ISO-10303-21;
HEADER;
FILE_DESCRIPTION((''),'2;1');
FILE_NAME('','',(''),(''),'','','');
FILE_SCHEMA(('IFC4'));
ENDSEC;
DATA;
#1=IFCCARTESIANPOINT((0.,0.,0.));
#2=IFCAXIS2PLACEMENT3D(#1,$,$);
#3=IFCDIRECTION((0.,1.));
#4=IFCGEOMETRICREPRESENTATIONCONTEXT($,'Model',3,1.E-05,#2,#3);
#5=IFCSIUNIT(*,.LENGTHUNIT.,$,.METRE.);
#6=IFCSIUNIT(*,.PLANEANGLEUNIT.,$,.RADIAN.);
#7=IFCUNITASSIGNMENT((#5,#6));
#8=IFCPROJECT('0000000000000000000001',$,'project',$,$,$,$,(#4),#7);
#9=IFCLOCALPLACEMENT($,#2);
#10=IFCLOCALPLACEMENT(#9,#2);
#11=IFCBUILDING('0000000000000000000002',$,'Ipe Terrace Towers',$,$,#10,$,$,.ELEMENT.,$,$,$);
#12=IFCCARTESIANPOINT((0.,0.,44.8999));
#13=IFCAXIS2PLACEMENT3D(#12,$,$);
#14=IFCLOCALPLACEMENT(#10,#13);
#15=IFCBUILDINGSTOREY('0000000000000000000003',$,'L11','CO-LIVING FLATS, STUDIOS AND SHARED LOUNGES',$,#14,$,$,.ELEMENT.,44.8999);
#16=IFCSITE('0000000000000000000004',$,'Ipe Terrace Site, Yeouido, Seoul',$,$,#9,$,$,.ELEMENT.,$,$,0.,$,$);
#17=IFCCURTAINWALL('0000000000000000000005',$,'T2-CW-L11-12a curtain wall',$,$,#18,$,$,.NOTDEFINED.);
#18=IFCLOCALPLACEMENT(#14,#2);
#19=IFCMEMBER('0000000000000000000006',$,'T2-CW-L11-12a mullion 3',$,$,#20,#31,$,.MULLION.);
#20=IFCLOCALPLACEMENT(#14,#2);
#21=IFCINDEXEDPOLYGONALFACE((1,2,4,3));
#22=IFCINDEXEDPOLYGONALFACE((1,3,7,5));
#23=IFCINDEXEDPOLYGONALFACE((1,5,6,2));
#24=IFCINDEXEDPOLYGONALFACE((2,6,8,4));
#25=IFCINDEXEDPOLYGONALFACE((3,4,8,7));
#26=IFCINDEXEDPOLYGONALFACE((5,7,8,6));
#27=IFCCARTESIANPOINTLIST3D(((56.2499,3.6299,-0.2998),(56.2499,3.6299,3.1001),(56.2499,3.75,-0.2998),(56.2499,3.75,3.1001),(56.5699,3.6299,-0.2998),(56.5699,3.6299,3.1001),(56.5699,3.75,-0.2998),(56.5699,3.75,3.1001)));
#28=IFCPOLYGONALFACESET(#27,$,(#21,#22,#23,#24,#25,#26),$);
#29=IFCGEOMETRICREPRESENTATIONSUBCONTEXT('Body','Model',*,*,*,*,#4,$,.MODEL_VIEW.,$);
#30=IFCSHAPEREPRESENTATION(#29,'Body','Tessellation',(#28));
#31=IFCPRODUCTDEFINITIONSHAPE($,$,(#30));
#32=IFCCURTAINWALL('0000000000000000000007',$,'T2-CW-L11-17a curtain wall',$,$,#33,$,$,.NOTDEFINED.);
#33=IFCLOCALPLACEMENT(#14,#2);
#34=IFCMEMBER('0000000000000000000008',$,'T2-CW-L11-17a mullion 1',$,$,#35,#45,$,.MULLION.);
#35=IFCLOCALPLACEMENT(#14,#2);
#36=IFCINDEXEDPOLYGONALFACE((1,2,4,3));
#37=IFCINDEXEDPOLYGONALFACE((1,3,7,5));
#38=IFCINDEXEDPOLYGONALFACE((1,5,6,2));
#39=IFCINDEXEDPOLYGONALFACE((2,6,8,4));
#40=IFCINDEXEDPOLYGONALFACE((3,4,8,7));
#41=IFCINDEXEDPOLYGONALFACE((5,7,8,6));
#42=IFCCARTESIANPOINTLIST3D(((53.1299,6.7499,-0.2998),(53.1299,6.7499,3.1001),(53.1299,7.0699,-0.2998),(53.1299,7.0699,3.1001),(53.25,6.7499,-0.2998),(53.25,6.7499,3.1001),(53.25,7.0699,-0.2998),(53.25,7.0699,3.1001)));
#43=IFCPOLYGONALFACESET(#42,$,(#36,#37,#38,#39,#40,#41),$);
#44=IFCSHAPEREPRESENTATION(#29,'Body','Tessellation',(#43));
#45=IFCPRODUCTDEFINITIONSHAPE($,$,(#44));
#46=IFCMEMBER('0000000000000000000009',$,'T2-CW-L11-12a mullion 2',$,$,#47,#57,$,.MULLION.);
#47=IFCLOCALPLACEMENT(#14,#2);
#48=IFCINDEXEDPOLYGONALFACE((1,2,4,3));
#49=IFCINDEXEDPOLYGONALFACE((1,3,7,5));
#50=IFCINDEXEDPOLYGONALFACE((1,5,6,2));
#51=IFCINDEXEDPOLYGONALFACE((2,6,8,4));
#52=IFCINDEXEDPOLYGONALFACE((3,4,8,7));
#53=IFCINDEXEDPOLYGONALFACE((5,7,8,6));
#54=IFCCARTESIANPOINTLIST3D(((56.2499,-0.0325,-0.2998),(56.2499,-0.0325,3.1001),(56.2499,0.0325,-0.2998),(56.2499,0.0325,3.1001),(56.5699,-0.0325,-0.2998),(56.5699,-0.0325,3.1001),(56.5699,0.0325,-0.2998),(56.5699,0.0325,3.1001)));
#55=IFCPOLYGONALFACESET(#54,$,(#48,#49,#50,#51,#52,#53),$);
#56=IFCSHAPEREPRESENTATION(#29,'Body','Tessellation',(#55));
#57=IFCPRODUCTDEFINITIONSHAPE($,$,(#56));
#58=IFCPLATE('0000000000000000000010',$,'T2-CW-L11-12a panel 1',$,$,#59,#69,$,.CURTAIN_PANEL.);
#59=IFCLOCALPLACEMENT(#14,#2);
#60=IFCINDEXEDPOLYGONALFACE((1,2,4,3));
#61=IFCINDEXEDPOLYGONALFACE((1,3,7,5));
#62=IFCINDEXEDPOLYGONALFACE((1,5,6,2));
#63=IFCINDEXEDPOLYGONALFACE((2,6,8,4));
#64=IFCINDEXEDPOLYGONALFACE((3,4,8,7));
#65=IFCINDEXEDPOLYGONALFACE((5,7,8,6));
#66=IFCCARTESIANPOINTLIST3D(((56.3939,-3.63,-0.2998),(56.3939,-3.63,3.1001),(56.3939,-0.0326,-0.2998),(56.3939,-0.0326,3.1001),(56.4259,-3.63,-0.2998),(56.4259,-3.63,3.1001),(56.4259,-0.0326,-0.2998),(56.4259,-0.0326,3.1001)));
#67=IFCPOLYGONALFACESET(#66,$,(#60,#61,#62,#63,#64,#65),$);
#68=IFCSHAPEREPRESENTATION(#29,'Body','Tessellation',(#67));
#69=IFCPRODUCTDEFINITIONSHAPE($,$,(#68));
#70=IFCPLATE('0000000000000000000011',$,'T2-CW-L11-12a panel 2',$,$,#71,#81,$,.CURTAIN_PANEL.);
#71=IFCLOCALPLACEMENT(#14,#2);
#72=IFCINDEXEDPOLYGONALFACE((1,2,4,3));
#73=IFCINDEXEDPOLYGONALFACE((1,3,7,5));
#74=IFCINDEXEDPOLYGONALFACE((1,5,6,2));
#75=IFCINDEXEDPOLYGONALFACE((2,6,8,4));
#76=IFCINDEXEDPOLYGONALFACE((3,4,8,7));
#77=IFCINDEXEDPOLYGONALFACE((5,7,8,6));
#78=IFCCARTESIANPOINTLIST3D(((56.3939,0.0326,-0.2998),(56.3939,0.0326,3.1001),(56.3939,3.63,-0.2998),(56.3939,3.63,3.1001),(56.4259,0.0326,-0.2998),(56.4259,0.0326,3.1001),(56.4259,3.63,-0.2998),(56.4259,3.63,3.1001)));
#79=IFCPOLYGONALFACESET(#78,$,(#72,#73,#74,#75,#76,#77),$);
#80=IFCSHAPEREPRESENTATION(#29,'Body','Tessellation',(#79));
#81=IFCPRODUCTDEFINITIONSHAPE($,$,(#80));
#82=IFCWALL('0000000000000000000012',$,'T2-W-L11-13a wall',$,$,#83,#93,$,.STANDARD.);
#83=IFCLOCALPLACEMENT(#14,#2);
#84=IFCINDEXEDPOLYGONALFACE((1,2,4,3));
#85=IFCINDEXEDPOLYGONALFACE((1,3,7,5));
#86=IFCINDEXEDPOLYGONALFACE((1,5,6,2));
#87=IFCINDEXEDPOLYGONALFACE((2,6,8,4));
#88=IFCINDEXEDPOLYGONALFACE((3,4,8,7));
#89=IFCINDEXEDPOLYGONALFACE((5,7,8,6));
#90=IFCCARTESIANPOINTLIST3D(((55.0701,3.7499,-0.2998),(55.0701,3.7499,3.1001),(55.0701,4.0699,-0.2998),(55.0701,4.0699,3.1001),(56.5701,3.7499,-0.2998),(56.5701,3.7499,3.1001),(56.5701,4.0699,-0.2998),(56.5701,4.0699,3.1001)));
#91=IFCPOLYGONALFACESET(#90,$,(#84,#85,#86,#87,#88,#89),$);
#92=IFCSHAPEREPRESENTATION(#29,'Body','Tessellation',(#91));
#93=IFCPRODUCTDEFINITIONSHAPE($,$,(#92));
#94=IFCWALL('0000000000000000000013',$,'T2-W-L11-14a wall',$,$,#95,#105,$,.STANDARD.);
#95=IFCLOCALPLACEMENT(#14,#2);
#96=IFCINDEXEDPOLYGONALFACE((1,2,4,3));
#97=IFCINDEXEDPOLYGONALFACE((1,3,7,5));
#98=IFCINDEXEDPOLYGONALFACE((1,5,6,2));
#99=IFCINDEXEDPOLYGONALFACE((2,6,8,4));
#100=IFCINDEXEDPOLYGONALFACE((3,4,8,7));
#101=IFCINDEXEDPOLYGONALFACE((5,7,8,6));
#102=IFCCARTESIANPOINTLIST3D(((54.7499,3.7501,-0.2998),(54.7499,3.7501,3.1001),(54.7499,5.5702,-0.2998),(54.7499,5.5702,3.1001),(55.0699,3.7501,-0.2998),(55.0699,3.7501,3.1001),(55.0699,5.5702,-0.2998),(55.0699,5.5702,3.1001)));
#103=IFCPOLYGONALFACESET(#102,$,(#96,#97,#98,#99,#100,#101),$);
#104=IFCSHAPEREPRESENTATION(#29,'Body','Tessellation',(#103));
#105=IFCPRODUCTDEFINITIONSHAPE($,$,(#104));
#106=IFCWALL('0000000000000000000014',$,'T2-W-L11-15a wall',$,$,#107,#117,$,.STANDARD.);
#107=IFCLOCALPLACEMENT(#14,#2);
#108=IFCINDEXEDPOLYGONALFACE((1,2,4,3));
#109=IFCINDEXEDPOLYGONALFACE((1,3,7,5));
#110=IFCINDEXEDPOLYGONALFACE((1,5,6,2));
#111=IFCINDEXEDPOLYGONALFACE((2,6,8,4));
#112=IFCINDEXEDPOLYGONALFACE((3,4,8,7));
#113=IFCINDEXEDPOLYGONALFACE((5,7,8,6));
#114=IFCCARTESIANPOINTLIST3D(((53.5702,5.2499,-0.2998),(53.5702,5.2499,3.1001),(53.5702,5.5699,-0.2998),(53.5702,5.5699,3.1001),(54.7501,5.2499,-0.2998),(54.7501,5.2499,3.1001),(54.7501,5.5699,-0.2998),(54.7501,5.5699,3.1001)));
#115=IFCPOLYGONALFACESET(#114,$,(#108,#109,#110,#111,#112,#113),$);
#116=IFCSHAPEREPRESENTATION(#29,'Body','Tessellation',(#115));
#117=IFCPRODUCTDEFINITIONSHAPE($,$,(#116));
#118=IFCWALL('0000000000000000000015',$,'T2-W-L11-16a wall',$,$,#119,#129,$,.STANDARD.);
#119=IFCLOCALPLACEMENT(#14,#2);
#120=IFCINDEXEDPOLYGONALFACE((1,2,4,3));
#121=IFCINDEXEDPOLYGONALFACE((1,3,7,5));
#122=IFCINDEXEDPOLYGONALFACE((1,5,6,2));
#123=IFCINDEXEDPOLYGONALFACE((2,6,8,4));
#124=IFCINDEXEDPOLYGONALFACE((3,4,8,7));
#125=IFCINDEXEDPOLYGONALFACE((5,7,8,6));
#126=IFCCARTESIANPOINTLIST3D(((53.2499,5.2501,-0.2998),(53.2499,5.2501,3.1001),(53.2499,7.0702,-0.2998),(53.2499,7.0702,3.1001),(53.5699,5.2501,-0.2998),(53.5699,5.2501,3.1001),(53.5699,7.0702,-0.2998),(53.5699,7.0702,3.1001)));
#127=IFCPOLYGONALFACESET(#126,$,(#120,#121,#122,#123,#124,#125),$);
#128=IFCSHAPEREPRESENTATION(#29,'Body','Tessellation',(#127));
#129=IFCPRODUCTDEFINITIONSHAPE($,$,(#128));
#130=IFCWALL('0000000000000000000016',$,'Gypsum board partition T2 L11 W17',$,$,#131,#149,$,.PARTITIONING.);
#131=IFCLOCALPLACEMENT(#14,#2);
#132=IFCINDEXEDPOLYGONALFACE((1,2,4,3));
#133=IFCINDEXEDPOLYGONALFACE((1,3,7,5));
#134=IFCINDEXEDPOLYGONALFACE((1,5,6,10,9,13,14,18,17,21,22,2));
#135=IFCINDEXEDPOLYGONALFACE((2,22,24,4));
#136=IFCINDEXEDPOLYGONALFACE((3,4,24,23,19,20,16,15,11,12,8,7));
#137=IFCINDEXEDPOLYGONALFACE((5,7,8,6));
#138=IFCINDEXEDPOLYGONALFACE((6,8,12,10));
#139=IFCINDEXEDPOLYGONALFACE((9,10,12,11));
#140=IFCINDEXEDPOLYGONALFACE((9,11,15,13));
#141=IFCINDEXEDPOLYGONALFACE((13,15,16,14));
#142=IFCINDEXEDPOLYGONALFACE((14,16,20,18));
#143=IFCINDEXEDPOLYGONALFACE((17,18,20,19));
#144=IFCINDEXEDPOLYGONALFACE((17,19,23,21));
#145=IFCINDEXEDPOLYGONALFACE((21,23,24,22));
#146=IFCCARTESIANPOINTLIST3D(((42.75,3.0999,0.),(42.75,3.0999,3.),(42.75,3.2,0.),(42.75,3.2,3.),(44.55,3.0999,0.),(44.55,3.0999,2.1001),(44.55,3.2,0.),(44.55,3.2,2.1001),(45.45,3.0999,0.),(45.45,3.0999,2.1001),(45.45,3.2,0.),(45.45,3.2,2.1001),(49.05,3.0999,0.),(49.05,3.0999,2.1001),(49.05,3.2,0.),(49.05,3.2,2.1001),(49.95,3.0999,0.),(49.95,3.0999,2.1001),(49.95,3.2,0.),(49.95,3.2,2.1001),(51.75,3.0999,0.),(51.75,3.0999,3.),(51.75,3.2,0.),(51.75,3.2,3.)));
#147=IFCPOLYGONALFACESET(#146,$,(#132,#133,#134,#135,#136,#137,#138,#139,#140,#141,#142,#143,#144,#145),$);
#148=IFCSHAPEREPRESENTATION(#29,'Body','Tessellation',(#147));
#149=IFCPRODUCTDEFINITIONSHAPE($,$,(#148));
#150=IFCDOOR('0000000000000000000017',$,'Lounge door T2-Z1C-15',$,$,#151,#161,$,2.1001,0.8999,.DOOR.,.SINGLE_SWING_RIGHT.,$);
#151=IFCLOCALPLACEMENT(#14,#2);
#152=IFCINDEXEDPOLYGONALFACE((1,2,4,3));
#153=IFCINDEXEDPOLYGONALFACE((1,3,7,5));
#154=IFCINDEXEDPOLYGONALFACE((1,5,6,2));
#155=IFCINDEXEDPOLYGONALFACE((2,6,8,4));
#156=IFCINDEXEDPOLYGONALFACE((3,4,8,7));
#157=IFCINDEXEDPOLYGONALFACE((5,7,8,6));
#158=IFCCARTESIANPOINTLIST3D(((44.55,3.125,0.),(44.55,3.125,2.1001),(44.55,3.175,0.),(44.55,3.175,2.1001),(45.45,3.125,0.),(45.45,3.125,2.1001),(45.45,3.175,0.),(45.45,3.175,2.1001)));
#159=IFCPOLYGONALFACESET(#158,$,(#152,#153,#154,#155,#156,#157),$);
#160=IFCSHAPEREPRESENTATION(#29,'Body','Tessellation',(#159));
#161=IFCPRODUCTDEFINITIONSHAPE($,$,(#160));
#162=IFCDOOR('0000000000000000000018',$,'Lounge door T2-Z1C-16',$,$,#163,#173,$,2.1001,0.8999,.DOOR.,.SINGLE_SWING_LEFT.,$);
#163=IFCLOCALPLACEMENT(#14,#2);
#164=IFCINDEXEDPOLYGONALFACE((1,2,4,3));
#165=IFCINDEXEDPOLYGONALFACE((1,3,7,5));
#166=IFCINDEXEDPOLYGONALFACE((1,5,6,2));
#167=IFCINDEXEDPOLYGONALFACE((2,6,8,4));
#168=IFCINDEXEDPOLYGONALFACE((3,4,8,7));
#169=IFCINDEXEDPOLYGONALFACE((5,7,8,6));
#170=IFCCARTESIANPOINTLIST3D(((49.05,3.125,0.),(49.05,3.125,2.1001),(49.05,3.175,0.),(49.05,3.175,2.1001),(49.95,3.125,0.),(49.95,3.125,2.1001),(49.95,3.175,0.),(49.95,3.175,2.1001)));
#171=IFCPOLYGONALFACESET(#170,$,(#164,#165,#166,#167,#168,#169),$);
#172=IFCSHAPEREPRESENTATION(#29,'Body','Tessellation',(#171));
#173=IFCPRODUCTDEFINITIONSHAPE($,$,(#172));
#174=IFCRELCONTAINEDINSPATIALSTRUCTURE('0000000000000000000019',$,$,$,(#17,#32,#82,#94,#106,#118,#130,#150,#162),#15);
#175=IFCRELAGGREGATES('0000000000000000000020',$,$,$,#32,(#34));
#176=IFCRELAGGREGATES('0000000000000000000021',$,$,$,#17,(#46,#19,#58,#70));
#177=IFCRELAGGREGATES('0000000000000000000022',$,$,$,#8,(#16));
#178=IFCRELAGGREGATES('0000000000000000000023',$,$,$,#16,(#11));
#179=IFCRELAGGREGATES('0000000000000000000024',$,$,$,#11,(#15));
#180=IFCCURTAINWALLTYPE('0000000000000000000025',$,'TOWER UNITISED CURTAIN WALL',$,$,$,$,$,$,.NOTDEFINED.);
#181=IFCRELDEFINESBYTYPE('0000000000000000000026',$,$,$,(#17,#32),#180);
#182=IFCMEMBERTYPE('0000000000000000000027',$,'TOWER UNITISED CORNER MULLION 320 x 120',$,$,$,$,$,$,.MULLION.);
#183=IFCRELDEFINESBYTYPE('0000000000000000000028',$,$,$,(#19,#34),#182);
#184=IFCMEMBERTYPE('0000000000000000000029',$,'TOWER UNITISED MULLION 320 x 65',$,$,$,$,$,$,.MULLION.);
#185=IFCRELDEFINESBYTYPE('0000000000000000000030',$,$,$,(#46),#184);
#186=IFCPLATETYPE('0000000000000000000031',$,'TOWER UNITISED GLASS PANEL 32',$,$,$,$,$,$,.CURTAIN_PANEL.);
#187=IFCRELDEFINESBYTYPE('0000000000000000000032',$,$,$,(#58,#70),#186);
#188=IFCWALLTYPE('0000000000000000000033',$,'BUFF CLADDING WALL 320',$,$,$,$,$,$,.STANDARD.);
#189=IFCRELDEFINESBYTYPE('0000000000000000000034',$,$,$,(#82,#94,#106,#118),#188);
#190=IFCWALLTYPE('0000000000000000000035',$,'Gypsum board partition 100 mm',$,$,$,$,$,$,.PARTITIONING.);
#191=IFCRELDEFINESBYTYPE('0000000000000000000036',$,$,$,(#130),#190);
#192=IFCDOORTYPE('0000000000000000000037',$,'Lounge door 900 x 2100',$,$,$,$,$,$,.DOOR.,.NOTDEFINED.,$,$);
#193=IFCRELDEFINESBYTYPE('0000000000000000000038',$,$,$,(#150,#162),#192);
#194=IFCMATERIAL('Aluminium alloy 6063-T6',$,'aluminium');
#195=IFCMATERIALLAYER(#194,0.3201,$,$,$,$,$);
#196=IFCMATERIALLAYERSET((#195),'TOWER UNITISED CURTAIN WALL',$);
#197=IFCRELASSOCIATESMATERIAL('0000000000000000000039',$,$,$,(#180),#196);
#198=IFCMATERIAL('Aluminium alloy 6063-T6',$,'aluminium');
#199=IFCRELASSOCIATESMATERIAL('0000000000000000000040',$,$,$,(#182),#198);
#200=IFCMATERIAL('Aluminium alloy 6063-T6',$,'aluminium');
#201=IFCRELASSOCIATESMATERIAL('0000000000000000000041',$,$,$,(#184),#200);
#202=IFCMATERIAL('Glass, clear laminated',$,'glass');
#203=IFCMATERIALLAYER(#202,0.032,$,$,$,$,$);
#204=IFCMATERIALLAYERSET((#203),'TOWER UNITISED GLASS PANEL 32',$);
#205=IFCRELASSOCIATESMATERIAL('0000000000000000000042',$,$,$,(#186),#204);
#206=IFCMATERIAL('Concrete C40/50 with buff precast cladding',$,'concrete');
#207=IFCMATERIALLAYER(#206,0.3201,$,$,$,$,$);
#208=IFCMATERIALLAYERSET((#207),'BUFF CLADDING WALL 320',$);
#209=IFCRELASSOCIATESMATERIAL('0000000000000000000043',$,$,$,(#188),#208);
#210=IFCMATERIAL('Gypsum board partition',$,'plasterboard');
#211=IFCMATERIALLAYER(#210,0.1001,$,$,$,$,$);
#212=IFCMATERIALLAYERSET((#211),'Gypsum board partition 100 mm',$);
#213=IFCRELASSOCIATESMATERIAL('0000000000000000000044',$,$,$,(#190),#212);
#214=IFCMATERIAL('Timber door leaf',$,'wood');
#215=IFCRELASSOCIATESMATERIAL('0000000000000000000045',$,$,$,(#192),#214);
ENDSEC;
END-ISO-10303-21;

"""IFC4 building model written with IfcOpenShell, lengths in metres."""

from ifc_helpers import new_model, si_unit, direction, frame, frame_2d, origin, origin_2d, place, context, subcontext, project, spatial, rectangle, extrude, material, layer, layer_set, material_profile, profile_set, type_object, element, fill, aggregate, save


model = new_model("IFC4")

# Units and contexts
model_context = context("Model", 3, precision=1e-05, world=origin(), true_north=direction((0.0, 1.0)))
body_context = subcontext(model_context, "Body", "Model", "MODEL_VIEW")
ifc_project = project(units=[si_unit("LENGTHUNIT", "METRE"), si_unit("PLANEANGLEUNIT", "RADIAN")], contexts=[model_context])

# Site, building, storey
site_placement = place(None, origin())
site = spatial("IfcSite", under=ifc_project, at=site_placement, Name="Ipe Terrace Site, Yeouido, Seoul", CompositionType="ELEMENT", RefElevation=0.0)
building_placement = place(site_placement, origin())
building = spatial("IfcBuilding", under=site, at=building_placement, Name="Ipe Terrace Towers", CompositionType="ELEMENT")
storey_placement = place(building_placement, frame((0.0, 0.0, 44.8999)))
storey = spatial("IfcBuildingStorey", under=building, at=storey_placement, Name="L11", Description="CO-LIVING FLATS, STUDIOS AND SHARED LOUNGES", CompositionType="ELEMENT", Elevation=44.8999)

# Curtain walls, members
ifc_material_1 = material(Name="Aluminium alloy 6063-T6", Category="aluminium")
ifc_layer_1 = layer(ifc_material_1, 0.3201)
ifc_layer_set_1 = layer_set([ifc_layer_1], Name="TOWER UNITISED CURTAIN WALL")
curtain_wall_type = type_object("IfcCurtainWallType", Name="TOWER UNITISED CURTAIN WALL", PredefinedType="NOTDEFINED", material=ifc_layer_set_1)
curtain_wall_1_placement = place(storey_placement, origin())
curtain_wall_1 = element("IfcCurtainWall", 1, at=curtain_wall_1_placement, inside=storey, type_object=curtain_wall_type, Name="T2-CW-L11-12a curtain wall", PredefinedType="NOTDEFINED")
ifc_material_2 = material(Name="Aluminium alloy 6063-T6", Category="aluminium")
ifc_material_profile_1 = material_profile(ifc_material_2, rectangle(XDim=0.3201, YDim=0.1201, at=origin_2d()), Name="TOWER UNITISED CORNER MULLION 320 x 120")
ifc_profile_set_1 = profile_set([ifc_material_profile_1], Name="Aluminium alloy 6063-T6")
member_type_1 = type_object("IfcMemberType", Name="TOWER UNITISED CORNER MULLION 320 x 120", PredefinedType="MULLION", material=ifc_profile_set_1)
member_1_placement = place(storey_placement, frame((56.4099, 3.6899, -0.2998), z_axis=(0.0, 0.0, 1.0), x_axis=(1.0, 0.0, 0.0)))
member_1 = element("IfcMember", 2, at=member_1_placement, type_object=member_type_1, Name="T2-CW-L11-12a mullion 3", PredefinedType="MULLION", context=body_context, shape_type="SweptSolid", body=[
    extrude(rectangle(XDim=0.3201, YDim=0.1201, at=origin_2d()), origin(), (0.0, 0.0, 1.0), 3.3999),
])
curtain_wall_2_placement = place(storey_placement, origin())
curtain_wall_2 = element("IfcCurtainWall", 3, at=curtain_wall_2_placement, inside=storey, type_object=curtain_wall_type, Name="T2-CW-L11-17a curtain wall", PredefinedType="NOTDEFINED")
member_2_placement = place(storey_placement, frame((53.1899, 6.9099, -0.2998), z_axis=(0.0, 0.0, 1.0), x_axis=(0.0, 1.0, 0.0)))
member_2 = element("IfcMember", 4, at=member_2_placement, type_object=member_type_1, Name="T2-CW-L11-17a mullion 1", PredefinedType="MULLION", context=body_context, shape_type="SweptSolid", body=[
    extrude(rectangle(XDim=0.3201, YDim=0.1201, at=origin_2d()), origin(), (0.0, 0.0, 1.0), 3.3999),
])
aggregate(curtain_wall_2, [member_2])

# Member
ifc_material_3 = material(Name="Aluminium alloy 6063-T6", Category="aluminium")
ifc_material_profile_2 = material_profile(ifc_material_3, rectangle(XDim=0.3201, YDim=0.0649, at=origin_2d()), Name="TOWER UNITISED MULLION 320 x 65")
ifc_profile_set_2 = profile_set([ifc_material_profile_2], Name="Aluminium alloy 6063-T6")
member_type_2 = type_object("IfcMemberType", Name="TOWER UNITISED MULLION 320 x 65", PredefinedType="MULLION", material=ifc_profile_set_2)
member_3_placement = place(storey_placement, frame((56.4099, 0.0, -0.2998), z_axis=(0.0, 0.0, 1.0), x_axis=(1.0, 0.0, 0.0)))
member_3 = element("IfcMember", 5, at=member_3_placement, type_object=member_type_2, Name="T2-CW-L11-12a mullion 2", PredefinedType="MULLION", context=body_context, shape_type="SweptSolid", body=[
    extrude(rectangle(XDim=0.3201, YDim=0.0649, at=origin_2d()), origin(), (0.0, 0.0, 1.0), 3.3999),
])

# Plates
ifc_material_4 = material(Name="Glass, clear laminated", Category="glass")
ifc_layer_2 = layer(ifc_material_4, 0.032)
ifc_layer_set_2 = layer_set([ifc_layer_2], Name="TOWER UNITISED GLASS PANEL 32")
plate_type = type_object("IfcPlateType", Name="TOWER UNITISED GLASS PANEL 32", PredefinedType="CURTAIN_PANEL", material=ifc_layer_set_2)
plate_1_placement = place(storey_placement, frame((56.4099, -1.8313, -0.2998), z_axis=(0.0, 0.0, 1.0), x_axis=(0.0, 1.0, 0.0)))
plate_1 = element("IfcPlate", 6, at=plate_1_placement, type_object=plate_type, Name="T2-CW-L11-12a panel 1", PredefinedType="CURTAIN_PANEL", context=body_context, shape_type="SweptSolid", body=[
    extrude(rectangle(XDim=3.5974, YDim=0.032, at=origin_2d()), origin(), (0.0, 0.0, 1.0), 3.3999),
])
plate_2_placement = place(storey_placement, frame((56.4099, 1.8313, -0.2998), z_axis=(0.0, 0.0, 1.0), x_axis=(0.0, 1.0, 0.0)))
plate_2 = element("IfcPlate", 7, at=plate_2_placement, type_object=plate_type, Name="T2-CW-L11-12a panel 2", PredefinedType="CURTAIN_PANEL", context=body_context, shape_type="SweptSolid", body=[
    extrude(rectangle(XDim=3.5974, YDim=0.032, at=origin_2d()), origin(), (0.0, 0.0, 1.0), 3.3999),
])
aggregate(curtain_wall_1, [member_3, member_1, plate_1, plate_2])

# Walls
ifc_material_5 = material(Name="Concrete C40/50 with buff precast cladding", Category="concrete")
ifc_layer_3 = layer(ifc_material_5, 0.3201)
ifc_layer_set_3 = layer_set([ifc_layer_3], Name="BUFF CLADDING WALL 320")
wall_type_1 = type_object("IfcWallType", Name="BUFF CLADDING WALL 320", PredefinedType="STANDARD", material=ifc_layer_set_3)
wall_1_placement = place(storey_placement, frame((56.5701, 3.9099, -0.2998), z_axis=(0.0, 0.0, 1.0), x_axis=(-1.0, 0.0, 0.0)))
element("IfcWall", 8, at=wall_1_placement, inside=storey, type_object=wall_type_1, Name="T2-W-L11-13a wall", PredefinedType="STANDARD", context=body_context, shape_type="SweptSolid", body=[
    extrude(rectangle(XDim=1.5, YDim=0.3201, at=frame_2d((0.75, 0.0))), origin(), (0.0, 0.0, 1.0), 3.3999),
])
wall_2_placement = place(storey_placement, frame((54.9099, 3.75, -0.2998), z_axis=(0.0, 0.0, 1.0), x_axis=(0.0, 1.0, 0.0)))
element("IfcWall", 9, at=wall_2_placement, inside=storey, type_object=wall_type_1, Name="T2-W-L11-14a wall", PredefinedType="STANDARD", context=body_context, shape_type="SweptSolid", body=[
    extrude(rectangle(XDim=1.8201, YDim=0.3201, at=frame_2d((0.9102, 0.0))), origin(), (0.0, 0.0, 1.0), 3.3999),
])
wall_3_placement = place(storey_placement, frame((54.75, 5.4099, -0.2998), z_axis=(0.0, 0.0, 1.0), x_axis=(-1.0, 0.0, 0.0)))
element("IfcWall", 10, at=wall_3_placement, inside=storey, type_object=wall_type_1, Name="T2-W-L11-15a wall", PredefinedType="STANDARD", context=body_context, shape_type="SweptSolid", body=[
    extrude(rectangle(XDim=1.1799, YDim=0.3201, at=frame_2d((0.5898, 0.0))), origin(), (0.0, 0.0, 1.0), 3.3999),
])
wall_4_placement = place(storey_placement, frame((53.4099, 5.25, -0.2998), z_axis=(0.0, 0.0, 1.0), x_axis=(0.0, 1.0, 0.0)))
element("IfcWall", 11, at=wall_4_placement, inside=storey, type_object=wall_type_1, Name="T2-W-L11-16a wall", PredefinedType="STANDARD", context=body_context, shape_type="SweptSolid", body=[
    extrude(rectangle(XDim=1.8201, YDim=0.3201, at=frame_2d((0.9102, 0.0))), origin(), (0.0, 0.0, 1.0), 3.3999),
])

# Wall, openings, doors
ifc_material_6 = material(Name="Gypsum board partition", Category="plasterboard")
ifc_layer_4 = layer(ifc_material_6, 0.1001)
ifc_layer_set_4 = layer_set([ifc_layer_4], Name="Gypsum board partition 100 mm")
wall_type_2 = type_object("IfcWallType", Name="Gypsum board partition 100 mm", PredefinedType="PARTITIONING", material=ifc_layer_set_4)
wall_5_placement = place(storey_placement, frame((51.75, 3.1499, 0.0), z_axis=(0.0, 0.0, 1.0), x_axis=(-1.0, 0.0, 0.0)))
wall_5 = element("IfcWall", 12, at=wall_5_placement, inside=storey, type_object=wall_type_2, Name="Gypsum board partition T2 L11 W17", PredefinedType="PARTITIONING", context=body_context, shape_type="SweptSolid", body=[
    extrude(rectangle(XDim=9.0, YDim=0.1001, at=frame_2d((4.5, 0.0))), origin(), (0.0, 0.0, 1.0), 3.0),
])
opening_1_placement = place(wall_5_placement, frame((6.3, 0.0, 0.0)))
opening_1 = element("IfcOpeningElement", 13, at=opening_1_placement, cuts=wall_5, PredefinedType="OPENING", context=body_context, shape_type="SweptSolid", body=[
    extrude(rectangle(XDim=0.8999, YDim=2.1001, at=frame_2d((0.45, 1.05))), frame((0.0, 0.0601, 0.0), z_axis=(0.0, -1.0, 0.0), x_axis=(1.0, 0.0, 0.0)), (0.0, 0.0, 1.0), 0.1201),
])
opening_2_placement = place(wall_5_placement, frame((1.8, 0.0, 0.0)))
opening_2 = element("IfcOpeningElement", 14, at=opening_2_placement, cuts=wall_5, PredefinedType="OPENING", context=body_context, shape_type="SweptSolid", body=[
    extrude(rectangle(XDim=0.8999, YDim=2.1001, at=frame_2d((0.45, 1.05))), frame((0.0, 0.0601, 0.0), z_axis=(0.0, -1.0, 0.0), x_axis=(1.0, 0.0, 0.0)), (0.0, 0.0, 1.0), 0.1201),
])
ifc_material_7 = material(Name="Timber door leaf", Category="wood")
door_type_1 = type_object("IfcDoorType", Name="Lounge door 900 x 2100", OperationType="NOTDEFINED", PredefinedType="DOOR", material=ifc_material_7)
door_1_placement = place(opening_1_placement, origin())
door_1 = element("IfcDoor", 15, at=door_1_placement, inside=storey, type_object=door_type_1, Name="Lounge door T2-Z1C-15", OperationType="SINGLE_SWING_RIGHT", OverallHeight=2.1001, OverallWidth=0.8999, PredefinedType="DOOR", context=body_context, shape_type="SweptSolid", body=[
    extrude(rectangle(XDim=0.8999, YDim=2.1001, at=frame_2d((0.45, 1.05))), frame((0.0, 0.0249, 0.0), z_axis=(0.0, -1.0, 0.0), x_axis=(1.0, 0.0, 0.0)), (0.0, 0.0, 1.0), 0.05),
])
fill(opening_1, door_1)
door_2_placement = place(opening_2_placement, origin())
door_2 = element("IfcDoor", 16, at=door_2_placement, inside=storey, type_object=door_type_1, Name="Lounge door T2-Z1C-16", OperationType="SINGLE_SWING_LEFT", OverallHeight=2.1001, OverallWidth=0.8999, PredefinedType="DOOR", context=body_context, shape_type="SweptSolid", body=[
    extrude(rectangle(XDim=0.8999, YDim=2.1001, at=frame_2d((0.45, 1.05))), frame((0.0, 0.0249, 0.0), z_axis=(0.0, -1.0, 0.0), x_axis=(1.0, 0.0, 0.0)), (0.0, 0.0, 1.0), 0.05),
])
fill(opening_2, door_2)

save(model, "model.ifc")
